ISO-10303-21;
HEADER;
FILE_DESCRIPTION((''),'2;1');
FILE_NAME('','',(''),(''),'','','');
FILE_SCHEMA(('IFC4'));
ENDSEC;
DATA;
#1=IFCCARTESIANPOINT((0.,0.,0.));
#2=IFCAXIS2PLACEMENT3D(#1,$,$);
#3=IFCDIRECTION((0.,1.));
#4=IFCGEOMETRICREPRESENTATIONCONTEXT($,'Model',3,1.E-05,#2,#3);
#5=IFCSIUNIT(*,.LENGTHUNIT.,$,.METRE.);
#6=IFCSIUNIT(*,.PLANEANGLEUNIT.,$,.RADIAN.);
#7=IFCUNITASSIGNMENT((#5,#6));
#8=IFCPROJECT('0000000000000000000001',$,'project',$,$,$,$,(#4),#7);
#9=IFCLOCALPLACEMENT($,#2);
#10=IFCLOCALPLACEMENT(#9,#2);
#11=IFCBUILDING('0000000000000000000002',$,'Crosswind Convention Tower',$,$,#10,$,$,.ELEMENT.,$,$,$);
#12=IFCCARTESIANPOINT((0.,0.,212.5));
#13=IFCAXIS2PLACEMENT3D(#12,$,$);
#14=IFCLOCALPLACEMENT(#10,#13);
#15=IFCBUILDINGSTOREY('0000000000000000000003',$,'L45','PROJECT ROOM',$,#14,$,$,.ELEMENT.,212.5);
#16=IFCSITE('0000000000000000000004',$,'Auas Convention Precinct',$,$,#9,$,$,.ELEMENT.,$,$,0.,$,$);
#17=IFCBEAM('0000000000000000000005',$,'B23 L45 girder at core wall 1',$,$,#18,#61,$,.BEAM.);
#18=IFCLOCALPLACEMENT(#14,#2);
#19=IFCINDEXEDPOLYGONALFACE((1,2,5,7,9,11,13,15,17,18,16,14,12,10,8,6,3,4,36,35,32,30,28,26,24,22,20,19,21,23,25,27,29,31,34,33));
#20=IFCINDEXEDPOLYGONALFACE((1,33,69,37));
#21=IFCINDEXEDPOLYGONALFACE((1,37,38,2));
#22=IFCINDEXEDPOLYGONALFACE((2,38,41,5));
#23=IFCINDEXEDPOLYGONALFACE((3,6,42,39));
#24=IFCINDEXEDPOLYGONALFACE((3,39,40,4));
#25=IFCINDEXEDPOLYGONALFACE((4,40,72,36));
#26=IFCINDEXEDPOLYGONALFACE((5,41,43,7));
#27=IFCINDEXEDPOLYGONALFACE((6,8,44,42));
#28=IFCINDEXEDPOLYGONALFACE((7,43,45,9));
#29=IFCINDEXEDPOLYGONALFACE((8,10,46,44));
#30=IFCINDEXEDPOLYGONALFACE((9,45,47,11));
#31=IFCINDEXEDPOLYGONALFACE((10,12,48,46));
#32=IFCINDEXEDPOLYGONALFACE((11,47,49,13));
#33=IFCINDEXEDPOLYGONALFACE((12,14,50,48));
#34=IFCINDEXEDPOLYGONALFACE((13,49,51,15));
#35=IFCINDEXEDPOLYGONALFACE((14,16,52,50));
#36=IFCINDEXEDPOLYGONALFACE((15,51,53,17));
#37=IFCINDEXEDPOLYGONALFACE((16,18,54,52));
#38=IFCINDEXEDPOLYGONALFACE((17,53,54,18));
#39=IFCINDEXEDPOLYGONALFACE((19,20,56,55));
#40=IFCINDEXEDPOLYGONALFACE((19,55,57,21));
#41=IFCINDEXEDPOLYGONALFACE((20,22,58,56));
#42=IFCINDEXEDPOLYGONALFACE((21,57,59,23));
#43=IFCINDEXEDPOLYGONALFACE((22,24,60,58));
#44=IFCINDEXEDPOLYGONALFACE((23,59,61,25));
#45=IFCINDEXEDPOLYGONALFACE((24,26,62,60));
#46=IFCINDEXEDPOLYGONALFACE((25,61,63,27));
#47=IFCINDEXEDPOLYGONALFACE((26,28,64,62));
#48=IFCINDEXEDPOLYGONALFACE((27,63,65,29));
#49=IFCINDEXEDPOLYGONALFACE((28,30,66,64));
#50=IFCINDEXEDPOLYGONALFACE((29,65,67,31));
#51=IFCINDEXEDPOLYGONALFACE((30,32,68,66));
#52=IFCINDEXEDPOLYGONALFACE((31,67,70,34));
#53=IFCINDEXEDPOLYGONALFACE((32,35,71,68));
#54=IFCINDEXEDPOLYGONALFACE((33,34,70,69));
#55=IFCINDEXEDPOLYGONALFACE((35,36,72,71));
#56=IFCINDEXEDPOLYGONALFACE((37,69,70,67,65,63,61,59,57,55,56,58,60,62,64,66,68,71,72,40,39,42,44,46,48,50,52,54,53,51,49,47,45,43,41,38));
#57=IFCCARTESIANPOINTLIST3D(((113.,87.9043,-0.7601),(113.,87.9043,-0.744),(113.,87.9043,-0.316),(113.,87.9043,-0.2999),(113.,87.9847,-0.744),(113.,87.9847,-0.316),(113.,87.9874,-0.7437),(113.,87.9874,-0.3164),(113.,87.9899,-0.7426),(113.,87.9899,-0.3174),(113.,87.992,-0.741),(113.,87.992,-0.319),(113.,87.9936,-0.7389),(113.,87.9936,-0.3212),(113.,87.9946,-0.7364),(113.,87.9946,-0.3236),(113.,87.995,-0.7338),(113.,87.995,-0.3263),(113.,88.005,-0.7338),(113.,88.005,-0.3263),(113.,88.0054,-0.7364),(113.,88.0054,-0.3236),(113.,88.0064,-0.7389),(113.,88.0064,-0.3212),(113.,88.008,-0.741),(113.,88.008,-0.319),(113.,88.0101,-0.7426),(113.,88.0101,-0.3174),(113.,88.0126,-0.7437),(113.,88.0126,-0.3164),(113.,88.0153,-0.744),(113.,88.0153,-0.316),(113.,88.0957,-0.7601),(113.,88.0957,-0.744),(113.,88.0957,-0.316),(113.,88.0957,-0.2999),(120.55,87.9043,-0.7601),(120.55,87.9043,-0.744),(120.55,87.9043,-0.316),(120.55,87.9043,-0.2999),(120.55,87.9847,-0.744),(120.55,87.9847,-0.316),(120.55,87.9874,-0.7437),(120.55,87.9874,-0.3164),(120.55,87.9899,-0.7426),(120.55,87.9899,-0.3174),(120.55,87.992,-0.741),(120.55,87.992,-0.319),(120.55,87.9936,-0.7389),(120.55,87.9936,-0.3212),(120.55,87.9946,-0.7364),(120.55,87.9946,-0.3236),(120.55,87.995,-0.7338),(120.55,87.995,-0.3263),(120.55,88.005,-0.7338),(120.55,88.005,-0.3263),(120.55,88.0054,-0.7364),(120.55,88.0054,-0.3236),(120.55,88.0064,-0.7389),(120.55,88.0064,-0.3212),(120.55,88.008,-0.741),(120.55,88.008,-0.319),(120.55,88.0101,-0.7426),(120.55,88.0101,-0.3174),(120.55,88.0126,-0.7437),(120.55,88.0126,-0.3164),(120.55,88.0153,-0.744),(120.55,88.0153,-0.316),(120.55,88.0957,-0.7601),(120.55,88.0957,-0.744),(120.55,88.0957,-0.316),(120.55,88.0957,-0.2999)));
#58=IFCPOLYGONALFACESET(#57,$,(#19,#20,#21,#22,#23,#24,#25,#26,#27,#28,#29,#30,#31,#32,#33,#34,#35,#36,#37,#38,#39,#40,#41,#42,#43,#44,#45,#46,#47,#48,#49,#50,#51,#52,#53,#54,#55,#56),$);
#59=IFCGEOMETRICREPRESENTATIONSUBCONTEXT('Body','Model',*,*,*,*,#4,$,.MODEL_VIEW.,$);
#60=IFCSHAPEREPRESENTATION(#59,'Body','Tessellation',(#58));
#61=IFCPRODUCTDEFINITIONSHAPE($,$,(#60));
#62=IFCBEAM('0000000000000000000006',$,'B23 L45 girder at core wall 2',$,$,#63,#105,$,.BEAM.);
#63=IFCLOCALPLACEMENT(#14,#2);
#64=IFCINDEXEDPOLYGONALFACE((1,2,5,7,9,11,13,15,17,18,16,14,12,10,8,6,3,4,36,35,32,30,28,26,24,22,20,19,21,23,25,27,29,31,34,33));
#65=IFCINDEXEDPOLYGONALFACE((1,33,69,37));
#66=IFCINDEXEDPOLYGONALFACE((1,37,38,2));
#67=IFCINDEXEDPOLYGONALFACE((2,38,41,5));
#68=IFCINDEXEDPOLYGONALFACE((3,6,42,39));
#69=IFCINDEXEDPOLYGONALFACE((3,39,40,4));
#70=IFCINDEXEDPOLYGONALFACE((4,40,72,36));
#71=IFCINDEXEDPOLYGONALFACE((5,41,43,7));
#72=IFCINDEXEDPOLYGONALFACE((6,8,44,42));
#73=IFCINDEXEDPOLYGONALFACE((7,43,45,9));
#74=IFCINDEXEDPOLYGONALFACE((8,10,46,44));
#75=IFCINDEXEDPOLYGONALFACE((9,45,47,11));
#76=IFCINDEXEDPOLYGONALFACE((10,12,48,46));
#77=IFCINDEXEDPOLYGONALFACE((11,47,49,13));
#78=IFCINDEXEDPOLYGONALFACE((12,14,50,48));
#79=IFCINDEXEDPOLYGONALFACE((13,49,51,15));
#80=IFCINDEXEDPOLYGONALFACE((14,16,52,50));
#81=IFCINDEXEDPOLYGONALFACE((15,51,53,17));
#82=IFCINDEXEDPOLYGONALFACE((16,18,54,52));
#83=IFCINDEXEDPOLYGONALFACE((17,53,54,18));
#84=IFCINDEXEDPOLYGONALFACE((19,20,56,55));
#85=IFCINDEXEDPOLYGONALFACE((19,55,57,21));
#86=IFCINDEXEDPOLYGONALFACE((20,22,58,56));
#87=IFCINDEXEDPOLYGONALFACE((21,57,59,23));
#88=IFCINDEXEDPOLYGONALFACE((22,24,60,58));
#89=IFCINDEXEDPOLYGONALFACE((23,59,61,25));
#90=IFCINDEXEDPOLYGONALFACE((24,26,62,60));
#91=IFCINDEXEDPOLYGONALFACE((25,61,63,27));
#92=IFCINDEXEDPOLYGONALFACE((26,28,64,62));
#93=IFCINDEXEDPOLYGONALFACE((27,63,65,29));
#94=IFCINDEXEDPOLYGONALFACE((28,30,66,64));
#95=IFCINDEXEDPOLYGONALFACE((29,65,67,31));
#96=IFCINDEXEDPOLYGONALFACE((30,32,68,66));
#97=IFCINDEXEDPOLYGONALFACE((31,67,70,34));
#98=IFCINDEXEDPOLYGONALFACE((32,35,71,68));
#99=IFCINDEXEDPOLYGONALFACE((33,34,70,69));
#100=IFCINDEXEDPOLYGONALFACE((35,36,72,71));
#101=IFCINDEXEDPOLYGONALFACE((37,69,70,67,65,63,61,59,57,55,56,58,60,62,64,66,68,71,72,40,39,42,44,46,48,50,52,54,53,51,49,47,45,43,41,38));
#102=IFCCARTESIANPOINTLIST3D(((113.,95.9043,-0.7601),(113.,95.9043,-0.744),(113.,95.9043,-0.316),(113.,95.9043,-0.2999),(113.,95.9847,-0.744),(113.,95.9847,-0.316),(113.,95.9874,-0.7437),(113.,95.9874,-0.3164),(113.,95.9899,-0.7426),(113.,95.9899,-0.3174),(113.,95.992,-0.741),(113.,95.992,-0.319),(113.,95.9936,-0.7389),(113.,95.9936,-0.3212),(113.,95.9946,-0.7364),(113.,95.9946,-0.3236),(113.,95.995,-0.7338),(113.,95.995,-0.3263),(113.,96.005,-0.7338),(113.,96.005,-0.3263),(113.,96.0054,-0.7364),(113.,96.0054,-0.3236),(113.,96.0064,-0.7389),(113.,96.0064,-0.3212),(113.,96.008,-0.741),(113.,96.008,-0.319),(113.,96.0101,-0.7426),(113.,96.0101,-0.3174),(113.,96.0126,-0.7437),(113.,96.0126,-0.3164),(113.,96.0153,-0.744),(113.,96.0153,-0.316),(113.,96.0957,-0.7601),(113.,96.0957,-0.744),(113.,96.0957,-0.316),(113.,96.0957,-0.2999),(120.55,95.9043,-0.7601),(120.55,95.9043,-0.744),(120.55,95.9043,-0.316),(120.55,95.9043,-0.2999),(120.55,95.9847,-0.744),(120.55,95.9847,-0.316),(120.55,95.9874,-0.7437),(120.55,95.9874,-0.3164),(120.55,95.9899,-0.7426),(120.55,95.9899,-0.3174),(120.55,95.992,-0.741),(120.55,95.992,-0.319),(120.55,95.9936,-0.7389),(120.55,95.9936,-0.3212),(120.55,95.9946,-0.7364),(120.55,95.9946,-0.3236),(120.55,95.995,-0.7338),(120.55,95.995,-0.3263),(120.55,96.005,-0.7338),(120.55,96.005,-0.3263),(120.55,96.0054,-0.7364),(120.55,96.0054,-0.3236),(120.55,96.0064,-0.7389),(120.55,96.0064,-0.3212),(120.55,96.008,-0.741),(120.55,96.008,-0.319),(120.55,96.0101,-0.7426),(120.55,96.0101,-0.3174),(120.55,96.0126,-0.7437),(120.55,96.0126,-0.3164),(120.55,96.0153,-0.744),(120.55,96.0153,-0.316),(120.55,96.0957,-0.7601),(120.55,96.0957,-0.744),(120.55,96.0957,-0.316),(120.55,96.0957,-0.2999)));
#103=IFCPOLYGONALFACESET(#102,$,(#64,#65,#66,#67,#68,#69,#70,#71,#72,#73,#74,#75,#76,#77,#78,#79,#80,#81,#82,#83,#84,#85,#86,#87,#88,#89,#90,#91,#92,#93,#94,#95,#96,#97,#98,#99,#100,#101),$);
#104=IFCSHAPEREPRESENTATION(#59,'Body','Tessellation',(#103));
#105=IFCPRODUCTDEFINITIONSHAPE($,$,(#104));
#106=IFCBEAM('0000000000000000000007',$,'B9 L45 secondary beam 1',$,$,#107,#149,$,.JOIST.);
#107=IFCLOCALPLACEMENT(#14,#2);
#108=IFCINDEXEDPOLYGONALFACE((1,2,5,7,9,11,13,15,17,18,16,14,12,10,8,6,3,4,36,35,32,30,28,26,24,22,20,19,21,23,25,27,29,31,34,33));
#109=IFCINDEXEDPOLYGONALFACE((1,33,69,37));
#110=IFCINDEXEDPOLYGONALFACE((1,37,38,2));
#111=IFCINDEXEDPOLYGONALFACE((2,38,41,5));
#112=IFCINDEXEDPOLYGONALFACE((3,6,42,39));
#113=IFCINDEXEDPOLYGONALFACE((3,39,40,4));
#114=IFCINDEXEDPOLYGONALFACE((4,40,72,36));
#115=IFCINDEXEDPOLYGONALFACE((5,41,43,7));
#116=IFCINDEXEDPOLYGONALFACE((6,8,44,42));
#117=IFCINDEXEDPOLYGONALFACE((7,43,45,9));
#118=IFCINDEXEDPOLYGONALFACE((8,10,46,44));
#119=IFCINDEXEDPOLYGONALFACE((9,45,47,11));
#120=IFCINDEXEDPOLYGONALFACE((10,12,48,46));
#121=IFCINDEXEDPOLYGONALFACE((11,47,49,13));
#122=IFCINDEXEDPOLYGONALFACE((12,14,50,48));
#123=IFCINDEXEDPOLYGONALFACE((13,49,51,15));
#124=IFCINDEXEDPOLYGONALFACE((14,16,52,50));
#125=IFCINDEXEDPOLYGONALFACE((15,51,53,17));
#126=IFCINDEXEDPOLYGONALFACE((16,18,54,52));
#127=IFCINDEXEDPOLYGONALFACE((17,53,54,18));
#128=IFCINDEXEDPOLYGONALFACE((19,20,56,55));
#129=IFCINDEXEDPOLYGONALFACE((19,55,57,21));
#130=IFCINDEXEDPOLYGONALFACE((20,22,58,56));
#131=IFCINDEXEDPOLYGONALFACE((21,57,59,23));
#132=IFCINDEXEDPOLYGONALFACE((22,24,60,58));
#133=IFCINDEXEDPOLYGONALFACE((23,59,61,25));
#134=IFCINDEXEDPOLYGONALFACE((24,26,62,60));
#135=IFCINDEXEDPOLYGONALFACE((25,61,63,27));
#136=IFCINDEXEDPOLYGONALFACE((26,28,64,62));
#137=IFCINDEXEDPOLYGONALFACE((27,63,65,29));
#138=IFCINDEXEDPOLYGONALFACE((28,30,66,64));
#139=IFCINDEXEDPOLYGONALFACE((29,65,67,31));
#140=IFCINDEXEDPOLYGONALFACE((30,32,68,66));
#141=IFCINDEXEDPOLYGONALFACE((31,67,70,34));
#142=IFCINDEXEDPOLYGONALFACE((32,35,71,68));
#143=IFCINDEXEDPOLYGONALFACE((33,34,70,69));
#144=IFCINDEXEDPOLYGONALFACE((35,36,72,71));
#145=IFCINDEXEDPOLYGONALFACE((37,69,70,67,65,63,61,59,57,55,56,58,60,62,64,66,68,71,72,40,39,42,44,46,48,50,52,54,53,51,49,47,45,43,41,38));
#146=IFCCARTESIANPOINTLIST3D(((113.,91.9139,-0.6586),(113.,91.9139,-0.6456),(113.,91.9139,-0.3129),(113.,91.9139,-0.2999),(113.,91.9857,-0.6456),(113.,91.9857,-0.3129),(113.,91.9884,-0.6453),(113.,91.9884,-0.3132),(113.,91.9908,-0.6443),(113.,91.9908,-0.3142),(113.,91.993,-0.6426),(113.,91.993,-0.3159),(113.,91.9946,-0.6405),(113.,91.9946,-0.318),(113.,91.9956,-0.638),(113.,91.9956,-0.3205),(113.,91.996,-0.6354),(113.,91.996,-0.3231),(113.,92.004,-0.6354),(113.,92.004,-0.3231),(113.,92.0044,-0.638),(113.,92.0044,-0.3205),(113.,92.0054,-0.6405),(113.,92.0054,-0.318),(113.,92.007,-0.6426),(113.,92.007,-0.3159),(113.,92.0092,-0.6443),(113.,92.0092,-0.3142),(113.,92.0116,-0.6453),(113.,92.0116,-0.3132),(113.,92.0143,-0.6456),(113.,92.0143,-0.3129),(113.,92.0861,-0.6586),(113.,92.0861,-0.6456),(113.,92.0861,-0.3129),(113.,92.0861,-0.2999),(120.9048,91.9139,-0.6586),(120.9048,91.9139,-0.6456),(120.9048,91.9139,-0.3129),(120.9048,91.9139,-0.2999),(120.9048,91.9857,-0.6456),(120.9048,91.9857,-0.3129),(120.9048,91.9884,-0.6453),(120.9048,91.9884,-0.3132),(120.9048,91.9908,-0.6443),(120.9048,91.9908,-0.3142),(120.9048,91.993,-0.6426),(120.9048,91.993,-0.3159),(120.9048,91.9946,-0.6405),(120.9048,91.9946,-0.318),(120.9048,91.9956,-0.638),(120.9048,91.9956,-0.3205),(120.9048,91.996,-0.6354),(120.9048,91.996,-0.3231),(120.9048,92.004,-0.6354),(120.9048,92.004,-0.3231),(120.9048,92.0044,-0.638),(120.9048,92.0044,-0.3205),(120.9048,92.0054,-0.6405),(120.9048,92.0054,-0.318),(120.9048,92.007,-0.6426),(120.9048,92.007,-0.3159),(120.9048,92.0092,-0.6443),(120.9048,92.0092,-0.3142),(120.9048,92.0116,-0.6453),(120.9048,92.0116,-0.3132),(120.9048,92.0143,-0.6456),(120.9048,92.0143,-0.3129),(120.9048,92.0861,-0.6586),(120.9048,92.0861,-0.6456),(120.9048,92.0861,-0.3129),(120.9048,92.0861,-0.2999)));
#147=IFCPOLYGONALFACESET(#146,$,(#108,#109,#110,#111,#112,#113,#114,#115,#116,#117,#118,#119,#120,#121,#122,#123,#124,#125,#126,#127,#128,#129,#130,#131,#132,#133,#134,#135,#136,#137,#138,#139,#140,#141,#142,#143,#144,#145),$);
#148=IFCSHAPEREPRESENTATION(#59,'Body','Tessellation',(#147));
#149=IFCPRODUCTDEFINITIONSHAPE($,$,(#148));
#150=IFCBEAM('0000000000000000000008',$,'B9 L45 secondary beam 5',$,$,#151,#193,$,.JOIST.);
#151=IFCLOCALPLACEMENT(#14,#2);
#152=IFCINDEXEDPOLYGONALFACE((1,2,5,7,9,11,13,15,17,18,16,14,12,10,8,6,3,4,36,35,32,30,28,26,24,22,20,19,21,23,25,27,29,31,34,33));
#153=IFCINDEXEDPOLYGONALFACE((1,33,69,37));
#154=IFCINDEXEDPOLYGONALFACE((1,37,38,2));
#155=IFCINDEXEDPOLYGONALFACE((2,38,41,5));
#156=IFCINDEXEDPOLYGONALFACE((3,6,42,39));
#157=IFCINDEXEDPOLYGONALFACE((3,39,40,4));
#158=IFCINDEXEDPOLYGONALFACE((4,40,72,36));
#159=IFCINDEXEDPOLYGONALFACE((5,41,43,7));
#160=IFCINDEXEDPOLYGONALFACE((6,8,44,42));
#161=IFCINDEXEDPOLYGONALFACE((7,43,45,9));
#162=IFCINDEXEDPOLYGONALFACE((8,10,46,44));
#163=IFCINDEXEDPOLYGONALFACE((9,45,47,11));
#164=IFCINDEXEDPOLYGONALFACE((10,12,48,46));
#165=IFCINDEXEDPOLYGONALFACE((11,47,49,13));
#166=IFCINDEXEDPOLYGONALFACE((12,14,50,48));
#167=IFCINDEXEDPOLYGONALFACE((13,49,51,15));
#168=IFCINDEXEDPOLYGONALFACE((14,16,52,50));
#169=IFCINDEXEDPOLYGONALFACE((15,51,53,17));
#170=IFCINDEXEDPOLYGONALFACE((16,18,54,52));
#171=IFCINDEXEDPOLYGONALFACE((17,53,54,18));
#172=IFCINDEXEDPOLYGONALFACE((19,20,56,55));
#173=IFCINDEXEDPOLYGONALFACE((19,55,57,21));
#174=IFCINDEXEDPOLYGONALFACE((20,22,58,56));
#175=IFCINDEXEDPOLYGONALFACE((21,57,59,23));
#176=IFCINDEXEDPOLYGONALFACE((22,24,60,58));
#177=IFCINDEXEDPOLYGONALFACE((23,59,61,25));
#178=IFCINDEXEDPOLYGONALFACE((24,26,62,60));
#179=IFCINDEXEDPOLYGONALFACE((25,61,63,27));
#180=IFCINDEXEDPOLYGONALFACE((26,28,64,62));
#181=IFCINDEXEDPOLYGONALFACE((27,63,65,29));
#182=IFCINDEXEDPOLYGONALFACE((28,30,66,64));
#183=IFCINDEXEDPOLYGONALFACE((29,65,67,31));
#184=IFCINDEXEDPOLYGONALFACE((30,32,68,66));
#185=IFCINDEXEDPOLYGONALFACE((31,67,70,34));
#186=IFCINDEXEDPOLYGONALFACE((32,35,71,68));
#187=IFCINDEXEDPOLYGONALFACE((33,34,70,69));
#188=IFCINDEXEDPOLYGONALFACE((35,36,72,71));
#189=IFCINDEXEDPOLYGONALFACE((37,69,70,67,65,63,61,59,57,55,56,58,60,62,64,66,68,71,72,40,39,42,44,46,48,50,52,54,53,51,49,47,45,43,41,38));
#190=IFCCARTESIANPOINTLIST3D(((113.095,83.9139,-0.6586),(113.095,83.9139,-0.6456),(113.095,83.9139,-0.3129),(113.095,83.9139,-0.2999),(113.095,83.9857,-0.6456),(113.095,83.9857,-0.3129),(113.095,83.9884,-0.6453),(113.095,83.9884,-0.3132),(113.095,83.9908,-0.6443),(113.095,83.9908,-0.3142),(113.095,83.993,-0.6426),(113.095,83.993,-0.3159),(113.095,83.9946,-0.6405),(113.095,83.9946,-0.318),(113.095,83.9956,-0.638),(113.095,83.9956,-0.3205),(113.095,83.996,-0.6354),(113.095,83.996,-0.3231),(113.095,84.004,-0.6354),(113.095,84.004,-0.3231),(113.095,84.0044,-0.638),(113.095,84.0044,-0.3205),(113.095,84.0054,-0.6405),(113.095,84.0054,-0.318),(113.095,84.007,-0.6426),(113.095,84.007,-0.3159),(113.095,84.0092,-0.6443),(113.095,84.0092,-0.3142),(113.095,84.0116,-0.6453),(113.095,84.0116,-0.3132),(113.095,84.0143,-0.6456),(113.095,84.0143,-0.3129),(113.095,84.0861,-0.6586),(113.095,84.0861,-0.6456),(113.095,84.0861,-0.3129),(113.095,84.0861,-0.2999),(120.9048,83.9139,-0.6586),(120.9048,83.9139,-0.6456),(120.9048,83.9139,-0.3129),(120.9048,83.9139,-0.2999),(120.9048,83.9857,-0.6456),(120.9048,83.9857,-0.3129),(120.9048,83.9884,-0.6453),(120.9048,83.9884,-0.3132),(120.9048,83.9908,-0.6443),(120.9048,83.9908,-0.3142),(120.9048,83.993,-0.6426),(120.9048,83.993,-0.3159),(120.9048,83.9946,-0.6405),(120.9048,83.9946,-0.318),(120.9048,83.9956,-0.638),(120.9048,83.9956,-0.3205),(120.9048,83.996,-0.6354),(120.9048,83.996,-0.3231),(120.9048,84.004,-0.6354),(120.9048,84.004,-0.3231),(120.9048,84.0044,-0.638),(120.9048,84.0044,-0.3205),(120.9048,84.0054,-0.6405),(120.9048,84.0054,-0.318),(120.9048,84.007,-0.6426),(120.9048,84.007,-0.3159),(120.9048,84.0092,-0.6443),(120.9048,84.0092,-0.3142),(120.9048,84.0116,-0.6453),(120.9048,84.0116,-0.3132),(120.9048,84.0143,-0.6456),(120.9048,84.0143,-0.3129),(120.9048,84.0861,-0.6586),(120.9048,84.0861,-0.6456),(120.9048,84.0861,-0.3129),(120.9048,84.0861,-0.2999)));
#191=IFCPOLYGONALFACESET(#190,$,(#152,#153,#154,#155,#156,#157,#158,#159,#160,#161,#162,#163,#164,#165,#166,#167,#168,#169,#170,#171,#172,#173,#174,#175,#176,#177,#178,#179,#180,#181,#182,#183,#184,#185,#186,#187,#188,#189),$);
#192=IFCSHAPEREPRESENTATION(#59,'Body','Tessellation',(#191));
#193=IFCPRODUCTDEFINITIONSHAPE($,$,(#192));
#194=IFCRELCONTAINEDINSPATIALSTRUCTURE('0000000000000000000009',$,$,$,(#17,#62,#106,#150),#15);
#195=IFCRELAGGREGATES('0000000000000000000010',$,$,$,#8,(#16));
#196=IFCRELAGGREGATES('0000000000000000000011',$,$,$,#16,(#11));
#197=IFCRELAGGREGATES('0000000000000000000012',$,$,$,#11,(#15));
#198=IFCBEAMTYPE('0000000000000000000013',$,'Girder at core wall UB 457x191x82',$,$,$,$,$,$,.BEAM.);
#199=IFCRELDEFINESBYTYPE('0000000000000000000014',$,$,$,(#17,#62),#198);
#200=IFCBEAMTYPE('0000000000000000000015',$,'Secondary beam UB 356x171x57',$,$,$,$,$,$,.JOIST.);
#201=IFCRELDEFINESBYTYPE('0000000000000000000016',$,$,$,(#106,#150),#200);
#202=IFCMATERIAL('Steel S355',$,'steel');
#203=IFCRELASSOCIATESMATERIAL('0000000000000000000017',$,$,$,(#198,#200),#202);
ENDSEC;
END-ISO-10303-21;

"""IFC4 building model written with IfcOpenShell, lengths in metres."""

from ifc_helpers import new_model, si_unit, direction, frame, origin, origin_2d, place, context, subcontext, project, spatial, i_section, extrude, material, material_profile, profile_set, type_object, element, save


model = new_model("IFC4")

# Units and contexts
model_context = context("Model", 3, precision=1e-05, world=origin(), true_north=direction((0.0, 1.0)))
body_context = subcontext(model_context, "Body", "Model", "MODEL_VIEW")
ifc_project = project(units=[si_unit("LENGTHUNIT", "METRE"), si_unit("PLANEANGLEUNIT", "RADIAN")], contexts=[model_context])

# Site, building, storey
site_placement = place(None, origin())
site = spatial("IfcSite", under=ifc_project, at=site_placement, Name="Auas Convention Precinct", CompositionType="ELEMENT", RefElevation=0.0)
building_placement = place(site_placement, origin())
building = spatial("IfcBuilding", under=site, at=building_placement, Name="Crosswind Convention Tower", CompositionType="ELEMENT")
storey_placement = place(building_placement, frame((0.0, 0.0, 212.5)))
storey = spatial("IfcBuildingStorey", under=building, at=storey_placement, Name="L45", Description="PROJECT ROOM", CompositionType="ELEMENT", Elevation=212.5)

# Beams
ifc_material_1 = material(Name="Steel S355", Category="steel")
ifc_material_profile_1 = material_profile(ifc_material_1, i_section(OverallWidth=0.1914, OverallDepth=0.4602, WebThickness=0.01, FlangeThickness=0.0161, FilletRadius=0.0103, at=origin_2d()), Name="UB 457x191x82")
ifc_profile_set_1 = profile_set([ifc_material_profile_1], Name="Steel S355")
beam_type_1 = type_object("IfcBeamType", Name="Girder at core wall UB 457x191x82", PredefinedType="BEAM", material=ifc_profile_set_1)
for number, where, z_axis, x_axis, name in (
    (1, (113.0, 88.0, -0.53), (1.0, 0.0, 0.0), (0.0, 1.0, 0.0), "B23 L45 girder at core wall 1"),
    (2, (113.0, 96.0, -0.53), (1.0, 0.0, 0.0), (0.0, 1.0, 0.0), "B23 L45 girder at core wall 2"),
):
    element("IfcBeam", number, at=place(storey_placement, frame(where, z_axis=z_axis, x_axis=x_axis)), inside=storey, type_object=beam_type_1, Name=name, PredefinedType="BEAM", context=body_context, shape_type="SweptSolid", body=[
        extrude(i_section(OverallWidth=0.1914, OverallDepth=0.4602, WebThickness=0.01, FlangeThickness=0.0161, FilletRadius=0.0103, at=origin_2d()), origin(), (0.0, 0.0, 1.0), 7.55),
    ])
ifc_material_profile_2 = material_profile(ifc_material_1, i_section(OverallWidth=0.1721, OverallDepth=0.3586, WebThickness=0.0081, FlangeThickness=0.0129, FilletRadius=0.0103, at=origin_2d()), Name="UB 356x171x57")
ifc_profile_set_2 = profile_set([ifc_material_profile_2], Name="Steel S355")
beam_type_2 = type_object("IfcBeamType", Name="Secondary beam UB 356x171x57", PredefinedType="JOIST", material=ifc_profile_set_2)
beam_1_placement = place(storey_placement, frame((113.0, 92.0, -0.4792), z_axis=(1.0, 0.0, 0.0), x_axis=(0.0, 1.0, 0.0)))
element("IfcBeam", 3, at=beam_1_placement, inside=storey, type_object=beam_type_2, Name="B9 L45 secondary beam 1", PredefinedType="JOIST", context=body_context, shape_type="SweptSolid", body=[
    extrude(i_section(OverallWidth=0.1721, OverallDepth=0.3586, WebThickness=0.0081, FlangeThickness=0.0129, FilletRadius=0.0103, at=origin_2d()), origin(), (0.0, 0.0, 1.0), 7.9048),
])
beam_2_placement = place(storey_placement, frame((113.095, 84.0, -0.4792), z_axis=(1.0, 0.0, 0.0), x_axis=(0.0, 1.0, 0.0)))
element("IfcBeam", 4, at=beam_2_placement, inside=storey, type_object=beam_type_2, Name="B9 L45 secondary beam 5", PredefinedType="JOIST", context=body_context, shape_type="SweptSolid", body=[
    extrude(i_section(OverallWidth=0.1721, OverallDepth=0.3586, WebThickness=0.0081, FlangeThickness=0.0129, FilletRadius=0.0103, at=origin_2d()), origin(), (0.0, 0.0, 1.0), 7.8098),
])

save(model, "model.ifc")
